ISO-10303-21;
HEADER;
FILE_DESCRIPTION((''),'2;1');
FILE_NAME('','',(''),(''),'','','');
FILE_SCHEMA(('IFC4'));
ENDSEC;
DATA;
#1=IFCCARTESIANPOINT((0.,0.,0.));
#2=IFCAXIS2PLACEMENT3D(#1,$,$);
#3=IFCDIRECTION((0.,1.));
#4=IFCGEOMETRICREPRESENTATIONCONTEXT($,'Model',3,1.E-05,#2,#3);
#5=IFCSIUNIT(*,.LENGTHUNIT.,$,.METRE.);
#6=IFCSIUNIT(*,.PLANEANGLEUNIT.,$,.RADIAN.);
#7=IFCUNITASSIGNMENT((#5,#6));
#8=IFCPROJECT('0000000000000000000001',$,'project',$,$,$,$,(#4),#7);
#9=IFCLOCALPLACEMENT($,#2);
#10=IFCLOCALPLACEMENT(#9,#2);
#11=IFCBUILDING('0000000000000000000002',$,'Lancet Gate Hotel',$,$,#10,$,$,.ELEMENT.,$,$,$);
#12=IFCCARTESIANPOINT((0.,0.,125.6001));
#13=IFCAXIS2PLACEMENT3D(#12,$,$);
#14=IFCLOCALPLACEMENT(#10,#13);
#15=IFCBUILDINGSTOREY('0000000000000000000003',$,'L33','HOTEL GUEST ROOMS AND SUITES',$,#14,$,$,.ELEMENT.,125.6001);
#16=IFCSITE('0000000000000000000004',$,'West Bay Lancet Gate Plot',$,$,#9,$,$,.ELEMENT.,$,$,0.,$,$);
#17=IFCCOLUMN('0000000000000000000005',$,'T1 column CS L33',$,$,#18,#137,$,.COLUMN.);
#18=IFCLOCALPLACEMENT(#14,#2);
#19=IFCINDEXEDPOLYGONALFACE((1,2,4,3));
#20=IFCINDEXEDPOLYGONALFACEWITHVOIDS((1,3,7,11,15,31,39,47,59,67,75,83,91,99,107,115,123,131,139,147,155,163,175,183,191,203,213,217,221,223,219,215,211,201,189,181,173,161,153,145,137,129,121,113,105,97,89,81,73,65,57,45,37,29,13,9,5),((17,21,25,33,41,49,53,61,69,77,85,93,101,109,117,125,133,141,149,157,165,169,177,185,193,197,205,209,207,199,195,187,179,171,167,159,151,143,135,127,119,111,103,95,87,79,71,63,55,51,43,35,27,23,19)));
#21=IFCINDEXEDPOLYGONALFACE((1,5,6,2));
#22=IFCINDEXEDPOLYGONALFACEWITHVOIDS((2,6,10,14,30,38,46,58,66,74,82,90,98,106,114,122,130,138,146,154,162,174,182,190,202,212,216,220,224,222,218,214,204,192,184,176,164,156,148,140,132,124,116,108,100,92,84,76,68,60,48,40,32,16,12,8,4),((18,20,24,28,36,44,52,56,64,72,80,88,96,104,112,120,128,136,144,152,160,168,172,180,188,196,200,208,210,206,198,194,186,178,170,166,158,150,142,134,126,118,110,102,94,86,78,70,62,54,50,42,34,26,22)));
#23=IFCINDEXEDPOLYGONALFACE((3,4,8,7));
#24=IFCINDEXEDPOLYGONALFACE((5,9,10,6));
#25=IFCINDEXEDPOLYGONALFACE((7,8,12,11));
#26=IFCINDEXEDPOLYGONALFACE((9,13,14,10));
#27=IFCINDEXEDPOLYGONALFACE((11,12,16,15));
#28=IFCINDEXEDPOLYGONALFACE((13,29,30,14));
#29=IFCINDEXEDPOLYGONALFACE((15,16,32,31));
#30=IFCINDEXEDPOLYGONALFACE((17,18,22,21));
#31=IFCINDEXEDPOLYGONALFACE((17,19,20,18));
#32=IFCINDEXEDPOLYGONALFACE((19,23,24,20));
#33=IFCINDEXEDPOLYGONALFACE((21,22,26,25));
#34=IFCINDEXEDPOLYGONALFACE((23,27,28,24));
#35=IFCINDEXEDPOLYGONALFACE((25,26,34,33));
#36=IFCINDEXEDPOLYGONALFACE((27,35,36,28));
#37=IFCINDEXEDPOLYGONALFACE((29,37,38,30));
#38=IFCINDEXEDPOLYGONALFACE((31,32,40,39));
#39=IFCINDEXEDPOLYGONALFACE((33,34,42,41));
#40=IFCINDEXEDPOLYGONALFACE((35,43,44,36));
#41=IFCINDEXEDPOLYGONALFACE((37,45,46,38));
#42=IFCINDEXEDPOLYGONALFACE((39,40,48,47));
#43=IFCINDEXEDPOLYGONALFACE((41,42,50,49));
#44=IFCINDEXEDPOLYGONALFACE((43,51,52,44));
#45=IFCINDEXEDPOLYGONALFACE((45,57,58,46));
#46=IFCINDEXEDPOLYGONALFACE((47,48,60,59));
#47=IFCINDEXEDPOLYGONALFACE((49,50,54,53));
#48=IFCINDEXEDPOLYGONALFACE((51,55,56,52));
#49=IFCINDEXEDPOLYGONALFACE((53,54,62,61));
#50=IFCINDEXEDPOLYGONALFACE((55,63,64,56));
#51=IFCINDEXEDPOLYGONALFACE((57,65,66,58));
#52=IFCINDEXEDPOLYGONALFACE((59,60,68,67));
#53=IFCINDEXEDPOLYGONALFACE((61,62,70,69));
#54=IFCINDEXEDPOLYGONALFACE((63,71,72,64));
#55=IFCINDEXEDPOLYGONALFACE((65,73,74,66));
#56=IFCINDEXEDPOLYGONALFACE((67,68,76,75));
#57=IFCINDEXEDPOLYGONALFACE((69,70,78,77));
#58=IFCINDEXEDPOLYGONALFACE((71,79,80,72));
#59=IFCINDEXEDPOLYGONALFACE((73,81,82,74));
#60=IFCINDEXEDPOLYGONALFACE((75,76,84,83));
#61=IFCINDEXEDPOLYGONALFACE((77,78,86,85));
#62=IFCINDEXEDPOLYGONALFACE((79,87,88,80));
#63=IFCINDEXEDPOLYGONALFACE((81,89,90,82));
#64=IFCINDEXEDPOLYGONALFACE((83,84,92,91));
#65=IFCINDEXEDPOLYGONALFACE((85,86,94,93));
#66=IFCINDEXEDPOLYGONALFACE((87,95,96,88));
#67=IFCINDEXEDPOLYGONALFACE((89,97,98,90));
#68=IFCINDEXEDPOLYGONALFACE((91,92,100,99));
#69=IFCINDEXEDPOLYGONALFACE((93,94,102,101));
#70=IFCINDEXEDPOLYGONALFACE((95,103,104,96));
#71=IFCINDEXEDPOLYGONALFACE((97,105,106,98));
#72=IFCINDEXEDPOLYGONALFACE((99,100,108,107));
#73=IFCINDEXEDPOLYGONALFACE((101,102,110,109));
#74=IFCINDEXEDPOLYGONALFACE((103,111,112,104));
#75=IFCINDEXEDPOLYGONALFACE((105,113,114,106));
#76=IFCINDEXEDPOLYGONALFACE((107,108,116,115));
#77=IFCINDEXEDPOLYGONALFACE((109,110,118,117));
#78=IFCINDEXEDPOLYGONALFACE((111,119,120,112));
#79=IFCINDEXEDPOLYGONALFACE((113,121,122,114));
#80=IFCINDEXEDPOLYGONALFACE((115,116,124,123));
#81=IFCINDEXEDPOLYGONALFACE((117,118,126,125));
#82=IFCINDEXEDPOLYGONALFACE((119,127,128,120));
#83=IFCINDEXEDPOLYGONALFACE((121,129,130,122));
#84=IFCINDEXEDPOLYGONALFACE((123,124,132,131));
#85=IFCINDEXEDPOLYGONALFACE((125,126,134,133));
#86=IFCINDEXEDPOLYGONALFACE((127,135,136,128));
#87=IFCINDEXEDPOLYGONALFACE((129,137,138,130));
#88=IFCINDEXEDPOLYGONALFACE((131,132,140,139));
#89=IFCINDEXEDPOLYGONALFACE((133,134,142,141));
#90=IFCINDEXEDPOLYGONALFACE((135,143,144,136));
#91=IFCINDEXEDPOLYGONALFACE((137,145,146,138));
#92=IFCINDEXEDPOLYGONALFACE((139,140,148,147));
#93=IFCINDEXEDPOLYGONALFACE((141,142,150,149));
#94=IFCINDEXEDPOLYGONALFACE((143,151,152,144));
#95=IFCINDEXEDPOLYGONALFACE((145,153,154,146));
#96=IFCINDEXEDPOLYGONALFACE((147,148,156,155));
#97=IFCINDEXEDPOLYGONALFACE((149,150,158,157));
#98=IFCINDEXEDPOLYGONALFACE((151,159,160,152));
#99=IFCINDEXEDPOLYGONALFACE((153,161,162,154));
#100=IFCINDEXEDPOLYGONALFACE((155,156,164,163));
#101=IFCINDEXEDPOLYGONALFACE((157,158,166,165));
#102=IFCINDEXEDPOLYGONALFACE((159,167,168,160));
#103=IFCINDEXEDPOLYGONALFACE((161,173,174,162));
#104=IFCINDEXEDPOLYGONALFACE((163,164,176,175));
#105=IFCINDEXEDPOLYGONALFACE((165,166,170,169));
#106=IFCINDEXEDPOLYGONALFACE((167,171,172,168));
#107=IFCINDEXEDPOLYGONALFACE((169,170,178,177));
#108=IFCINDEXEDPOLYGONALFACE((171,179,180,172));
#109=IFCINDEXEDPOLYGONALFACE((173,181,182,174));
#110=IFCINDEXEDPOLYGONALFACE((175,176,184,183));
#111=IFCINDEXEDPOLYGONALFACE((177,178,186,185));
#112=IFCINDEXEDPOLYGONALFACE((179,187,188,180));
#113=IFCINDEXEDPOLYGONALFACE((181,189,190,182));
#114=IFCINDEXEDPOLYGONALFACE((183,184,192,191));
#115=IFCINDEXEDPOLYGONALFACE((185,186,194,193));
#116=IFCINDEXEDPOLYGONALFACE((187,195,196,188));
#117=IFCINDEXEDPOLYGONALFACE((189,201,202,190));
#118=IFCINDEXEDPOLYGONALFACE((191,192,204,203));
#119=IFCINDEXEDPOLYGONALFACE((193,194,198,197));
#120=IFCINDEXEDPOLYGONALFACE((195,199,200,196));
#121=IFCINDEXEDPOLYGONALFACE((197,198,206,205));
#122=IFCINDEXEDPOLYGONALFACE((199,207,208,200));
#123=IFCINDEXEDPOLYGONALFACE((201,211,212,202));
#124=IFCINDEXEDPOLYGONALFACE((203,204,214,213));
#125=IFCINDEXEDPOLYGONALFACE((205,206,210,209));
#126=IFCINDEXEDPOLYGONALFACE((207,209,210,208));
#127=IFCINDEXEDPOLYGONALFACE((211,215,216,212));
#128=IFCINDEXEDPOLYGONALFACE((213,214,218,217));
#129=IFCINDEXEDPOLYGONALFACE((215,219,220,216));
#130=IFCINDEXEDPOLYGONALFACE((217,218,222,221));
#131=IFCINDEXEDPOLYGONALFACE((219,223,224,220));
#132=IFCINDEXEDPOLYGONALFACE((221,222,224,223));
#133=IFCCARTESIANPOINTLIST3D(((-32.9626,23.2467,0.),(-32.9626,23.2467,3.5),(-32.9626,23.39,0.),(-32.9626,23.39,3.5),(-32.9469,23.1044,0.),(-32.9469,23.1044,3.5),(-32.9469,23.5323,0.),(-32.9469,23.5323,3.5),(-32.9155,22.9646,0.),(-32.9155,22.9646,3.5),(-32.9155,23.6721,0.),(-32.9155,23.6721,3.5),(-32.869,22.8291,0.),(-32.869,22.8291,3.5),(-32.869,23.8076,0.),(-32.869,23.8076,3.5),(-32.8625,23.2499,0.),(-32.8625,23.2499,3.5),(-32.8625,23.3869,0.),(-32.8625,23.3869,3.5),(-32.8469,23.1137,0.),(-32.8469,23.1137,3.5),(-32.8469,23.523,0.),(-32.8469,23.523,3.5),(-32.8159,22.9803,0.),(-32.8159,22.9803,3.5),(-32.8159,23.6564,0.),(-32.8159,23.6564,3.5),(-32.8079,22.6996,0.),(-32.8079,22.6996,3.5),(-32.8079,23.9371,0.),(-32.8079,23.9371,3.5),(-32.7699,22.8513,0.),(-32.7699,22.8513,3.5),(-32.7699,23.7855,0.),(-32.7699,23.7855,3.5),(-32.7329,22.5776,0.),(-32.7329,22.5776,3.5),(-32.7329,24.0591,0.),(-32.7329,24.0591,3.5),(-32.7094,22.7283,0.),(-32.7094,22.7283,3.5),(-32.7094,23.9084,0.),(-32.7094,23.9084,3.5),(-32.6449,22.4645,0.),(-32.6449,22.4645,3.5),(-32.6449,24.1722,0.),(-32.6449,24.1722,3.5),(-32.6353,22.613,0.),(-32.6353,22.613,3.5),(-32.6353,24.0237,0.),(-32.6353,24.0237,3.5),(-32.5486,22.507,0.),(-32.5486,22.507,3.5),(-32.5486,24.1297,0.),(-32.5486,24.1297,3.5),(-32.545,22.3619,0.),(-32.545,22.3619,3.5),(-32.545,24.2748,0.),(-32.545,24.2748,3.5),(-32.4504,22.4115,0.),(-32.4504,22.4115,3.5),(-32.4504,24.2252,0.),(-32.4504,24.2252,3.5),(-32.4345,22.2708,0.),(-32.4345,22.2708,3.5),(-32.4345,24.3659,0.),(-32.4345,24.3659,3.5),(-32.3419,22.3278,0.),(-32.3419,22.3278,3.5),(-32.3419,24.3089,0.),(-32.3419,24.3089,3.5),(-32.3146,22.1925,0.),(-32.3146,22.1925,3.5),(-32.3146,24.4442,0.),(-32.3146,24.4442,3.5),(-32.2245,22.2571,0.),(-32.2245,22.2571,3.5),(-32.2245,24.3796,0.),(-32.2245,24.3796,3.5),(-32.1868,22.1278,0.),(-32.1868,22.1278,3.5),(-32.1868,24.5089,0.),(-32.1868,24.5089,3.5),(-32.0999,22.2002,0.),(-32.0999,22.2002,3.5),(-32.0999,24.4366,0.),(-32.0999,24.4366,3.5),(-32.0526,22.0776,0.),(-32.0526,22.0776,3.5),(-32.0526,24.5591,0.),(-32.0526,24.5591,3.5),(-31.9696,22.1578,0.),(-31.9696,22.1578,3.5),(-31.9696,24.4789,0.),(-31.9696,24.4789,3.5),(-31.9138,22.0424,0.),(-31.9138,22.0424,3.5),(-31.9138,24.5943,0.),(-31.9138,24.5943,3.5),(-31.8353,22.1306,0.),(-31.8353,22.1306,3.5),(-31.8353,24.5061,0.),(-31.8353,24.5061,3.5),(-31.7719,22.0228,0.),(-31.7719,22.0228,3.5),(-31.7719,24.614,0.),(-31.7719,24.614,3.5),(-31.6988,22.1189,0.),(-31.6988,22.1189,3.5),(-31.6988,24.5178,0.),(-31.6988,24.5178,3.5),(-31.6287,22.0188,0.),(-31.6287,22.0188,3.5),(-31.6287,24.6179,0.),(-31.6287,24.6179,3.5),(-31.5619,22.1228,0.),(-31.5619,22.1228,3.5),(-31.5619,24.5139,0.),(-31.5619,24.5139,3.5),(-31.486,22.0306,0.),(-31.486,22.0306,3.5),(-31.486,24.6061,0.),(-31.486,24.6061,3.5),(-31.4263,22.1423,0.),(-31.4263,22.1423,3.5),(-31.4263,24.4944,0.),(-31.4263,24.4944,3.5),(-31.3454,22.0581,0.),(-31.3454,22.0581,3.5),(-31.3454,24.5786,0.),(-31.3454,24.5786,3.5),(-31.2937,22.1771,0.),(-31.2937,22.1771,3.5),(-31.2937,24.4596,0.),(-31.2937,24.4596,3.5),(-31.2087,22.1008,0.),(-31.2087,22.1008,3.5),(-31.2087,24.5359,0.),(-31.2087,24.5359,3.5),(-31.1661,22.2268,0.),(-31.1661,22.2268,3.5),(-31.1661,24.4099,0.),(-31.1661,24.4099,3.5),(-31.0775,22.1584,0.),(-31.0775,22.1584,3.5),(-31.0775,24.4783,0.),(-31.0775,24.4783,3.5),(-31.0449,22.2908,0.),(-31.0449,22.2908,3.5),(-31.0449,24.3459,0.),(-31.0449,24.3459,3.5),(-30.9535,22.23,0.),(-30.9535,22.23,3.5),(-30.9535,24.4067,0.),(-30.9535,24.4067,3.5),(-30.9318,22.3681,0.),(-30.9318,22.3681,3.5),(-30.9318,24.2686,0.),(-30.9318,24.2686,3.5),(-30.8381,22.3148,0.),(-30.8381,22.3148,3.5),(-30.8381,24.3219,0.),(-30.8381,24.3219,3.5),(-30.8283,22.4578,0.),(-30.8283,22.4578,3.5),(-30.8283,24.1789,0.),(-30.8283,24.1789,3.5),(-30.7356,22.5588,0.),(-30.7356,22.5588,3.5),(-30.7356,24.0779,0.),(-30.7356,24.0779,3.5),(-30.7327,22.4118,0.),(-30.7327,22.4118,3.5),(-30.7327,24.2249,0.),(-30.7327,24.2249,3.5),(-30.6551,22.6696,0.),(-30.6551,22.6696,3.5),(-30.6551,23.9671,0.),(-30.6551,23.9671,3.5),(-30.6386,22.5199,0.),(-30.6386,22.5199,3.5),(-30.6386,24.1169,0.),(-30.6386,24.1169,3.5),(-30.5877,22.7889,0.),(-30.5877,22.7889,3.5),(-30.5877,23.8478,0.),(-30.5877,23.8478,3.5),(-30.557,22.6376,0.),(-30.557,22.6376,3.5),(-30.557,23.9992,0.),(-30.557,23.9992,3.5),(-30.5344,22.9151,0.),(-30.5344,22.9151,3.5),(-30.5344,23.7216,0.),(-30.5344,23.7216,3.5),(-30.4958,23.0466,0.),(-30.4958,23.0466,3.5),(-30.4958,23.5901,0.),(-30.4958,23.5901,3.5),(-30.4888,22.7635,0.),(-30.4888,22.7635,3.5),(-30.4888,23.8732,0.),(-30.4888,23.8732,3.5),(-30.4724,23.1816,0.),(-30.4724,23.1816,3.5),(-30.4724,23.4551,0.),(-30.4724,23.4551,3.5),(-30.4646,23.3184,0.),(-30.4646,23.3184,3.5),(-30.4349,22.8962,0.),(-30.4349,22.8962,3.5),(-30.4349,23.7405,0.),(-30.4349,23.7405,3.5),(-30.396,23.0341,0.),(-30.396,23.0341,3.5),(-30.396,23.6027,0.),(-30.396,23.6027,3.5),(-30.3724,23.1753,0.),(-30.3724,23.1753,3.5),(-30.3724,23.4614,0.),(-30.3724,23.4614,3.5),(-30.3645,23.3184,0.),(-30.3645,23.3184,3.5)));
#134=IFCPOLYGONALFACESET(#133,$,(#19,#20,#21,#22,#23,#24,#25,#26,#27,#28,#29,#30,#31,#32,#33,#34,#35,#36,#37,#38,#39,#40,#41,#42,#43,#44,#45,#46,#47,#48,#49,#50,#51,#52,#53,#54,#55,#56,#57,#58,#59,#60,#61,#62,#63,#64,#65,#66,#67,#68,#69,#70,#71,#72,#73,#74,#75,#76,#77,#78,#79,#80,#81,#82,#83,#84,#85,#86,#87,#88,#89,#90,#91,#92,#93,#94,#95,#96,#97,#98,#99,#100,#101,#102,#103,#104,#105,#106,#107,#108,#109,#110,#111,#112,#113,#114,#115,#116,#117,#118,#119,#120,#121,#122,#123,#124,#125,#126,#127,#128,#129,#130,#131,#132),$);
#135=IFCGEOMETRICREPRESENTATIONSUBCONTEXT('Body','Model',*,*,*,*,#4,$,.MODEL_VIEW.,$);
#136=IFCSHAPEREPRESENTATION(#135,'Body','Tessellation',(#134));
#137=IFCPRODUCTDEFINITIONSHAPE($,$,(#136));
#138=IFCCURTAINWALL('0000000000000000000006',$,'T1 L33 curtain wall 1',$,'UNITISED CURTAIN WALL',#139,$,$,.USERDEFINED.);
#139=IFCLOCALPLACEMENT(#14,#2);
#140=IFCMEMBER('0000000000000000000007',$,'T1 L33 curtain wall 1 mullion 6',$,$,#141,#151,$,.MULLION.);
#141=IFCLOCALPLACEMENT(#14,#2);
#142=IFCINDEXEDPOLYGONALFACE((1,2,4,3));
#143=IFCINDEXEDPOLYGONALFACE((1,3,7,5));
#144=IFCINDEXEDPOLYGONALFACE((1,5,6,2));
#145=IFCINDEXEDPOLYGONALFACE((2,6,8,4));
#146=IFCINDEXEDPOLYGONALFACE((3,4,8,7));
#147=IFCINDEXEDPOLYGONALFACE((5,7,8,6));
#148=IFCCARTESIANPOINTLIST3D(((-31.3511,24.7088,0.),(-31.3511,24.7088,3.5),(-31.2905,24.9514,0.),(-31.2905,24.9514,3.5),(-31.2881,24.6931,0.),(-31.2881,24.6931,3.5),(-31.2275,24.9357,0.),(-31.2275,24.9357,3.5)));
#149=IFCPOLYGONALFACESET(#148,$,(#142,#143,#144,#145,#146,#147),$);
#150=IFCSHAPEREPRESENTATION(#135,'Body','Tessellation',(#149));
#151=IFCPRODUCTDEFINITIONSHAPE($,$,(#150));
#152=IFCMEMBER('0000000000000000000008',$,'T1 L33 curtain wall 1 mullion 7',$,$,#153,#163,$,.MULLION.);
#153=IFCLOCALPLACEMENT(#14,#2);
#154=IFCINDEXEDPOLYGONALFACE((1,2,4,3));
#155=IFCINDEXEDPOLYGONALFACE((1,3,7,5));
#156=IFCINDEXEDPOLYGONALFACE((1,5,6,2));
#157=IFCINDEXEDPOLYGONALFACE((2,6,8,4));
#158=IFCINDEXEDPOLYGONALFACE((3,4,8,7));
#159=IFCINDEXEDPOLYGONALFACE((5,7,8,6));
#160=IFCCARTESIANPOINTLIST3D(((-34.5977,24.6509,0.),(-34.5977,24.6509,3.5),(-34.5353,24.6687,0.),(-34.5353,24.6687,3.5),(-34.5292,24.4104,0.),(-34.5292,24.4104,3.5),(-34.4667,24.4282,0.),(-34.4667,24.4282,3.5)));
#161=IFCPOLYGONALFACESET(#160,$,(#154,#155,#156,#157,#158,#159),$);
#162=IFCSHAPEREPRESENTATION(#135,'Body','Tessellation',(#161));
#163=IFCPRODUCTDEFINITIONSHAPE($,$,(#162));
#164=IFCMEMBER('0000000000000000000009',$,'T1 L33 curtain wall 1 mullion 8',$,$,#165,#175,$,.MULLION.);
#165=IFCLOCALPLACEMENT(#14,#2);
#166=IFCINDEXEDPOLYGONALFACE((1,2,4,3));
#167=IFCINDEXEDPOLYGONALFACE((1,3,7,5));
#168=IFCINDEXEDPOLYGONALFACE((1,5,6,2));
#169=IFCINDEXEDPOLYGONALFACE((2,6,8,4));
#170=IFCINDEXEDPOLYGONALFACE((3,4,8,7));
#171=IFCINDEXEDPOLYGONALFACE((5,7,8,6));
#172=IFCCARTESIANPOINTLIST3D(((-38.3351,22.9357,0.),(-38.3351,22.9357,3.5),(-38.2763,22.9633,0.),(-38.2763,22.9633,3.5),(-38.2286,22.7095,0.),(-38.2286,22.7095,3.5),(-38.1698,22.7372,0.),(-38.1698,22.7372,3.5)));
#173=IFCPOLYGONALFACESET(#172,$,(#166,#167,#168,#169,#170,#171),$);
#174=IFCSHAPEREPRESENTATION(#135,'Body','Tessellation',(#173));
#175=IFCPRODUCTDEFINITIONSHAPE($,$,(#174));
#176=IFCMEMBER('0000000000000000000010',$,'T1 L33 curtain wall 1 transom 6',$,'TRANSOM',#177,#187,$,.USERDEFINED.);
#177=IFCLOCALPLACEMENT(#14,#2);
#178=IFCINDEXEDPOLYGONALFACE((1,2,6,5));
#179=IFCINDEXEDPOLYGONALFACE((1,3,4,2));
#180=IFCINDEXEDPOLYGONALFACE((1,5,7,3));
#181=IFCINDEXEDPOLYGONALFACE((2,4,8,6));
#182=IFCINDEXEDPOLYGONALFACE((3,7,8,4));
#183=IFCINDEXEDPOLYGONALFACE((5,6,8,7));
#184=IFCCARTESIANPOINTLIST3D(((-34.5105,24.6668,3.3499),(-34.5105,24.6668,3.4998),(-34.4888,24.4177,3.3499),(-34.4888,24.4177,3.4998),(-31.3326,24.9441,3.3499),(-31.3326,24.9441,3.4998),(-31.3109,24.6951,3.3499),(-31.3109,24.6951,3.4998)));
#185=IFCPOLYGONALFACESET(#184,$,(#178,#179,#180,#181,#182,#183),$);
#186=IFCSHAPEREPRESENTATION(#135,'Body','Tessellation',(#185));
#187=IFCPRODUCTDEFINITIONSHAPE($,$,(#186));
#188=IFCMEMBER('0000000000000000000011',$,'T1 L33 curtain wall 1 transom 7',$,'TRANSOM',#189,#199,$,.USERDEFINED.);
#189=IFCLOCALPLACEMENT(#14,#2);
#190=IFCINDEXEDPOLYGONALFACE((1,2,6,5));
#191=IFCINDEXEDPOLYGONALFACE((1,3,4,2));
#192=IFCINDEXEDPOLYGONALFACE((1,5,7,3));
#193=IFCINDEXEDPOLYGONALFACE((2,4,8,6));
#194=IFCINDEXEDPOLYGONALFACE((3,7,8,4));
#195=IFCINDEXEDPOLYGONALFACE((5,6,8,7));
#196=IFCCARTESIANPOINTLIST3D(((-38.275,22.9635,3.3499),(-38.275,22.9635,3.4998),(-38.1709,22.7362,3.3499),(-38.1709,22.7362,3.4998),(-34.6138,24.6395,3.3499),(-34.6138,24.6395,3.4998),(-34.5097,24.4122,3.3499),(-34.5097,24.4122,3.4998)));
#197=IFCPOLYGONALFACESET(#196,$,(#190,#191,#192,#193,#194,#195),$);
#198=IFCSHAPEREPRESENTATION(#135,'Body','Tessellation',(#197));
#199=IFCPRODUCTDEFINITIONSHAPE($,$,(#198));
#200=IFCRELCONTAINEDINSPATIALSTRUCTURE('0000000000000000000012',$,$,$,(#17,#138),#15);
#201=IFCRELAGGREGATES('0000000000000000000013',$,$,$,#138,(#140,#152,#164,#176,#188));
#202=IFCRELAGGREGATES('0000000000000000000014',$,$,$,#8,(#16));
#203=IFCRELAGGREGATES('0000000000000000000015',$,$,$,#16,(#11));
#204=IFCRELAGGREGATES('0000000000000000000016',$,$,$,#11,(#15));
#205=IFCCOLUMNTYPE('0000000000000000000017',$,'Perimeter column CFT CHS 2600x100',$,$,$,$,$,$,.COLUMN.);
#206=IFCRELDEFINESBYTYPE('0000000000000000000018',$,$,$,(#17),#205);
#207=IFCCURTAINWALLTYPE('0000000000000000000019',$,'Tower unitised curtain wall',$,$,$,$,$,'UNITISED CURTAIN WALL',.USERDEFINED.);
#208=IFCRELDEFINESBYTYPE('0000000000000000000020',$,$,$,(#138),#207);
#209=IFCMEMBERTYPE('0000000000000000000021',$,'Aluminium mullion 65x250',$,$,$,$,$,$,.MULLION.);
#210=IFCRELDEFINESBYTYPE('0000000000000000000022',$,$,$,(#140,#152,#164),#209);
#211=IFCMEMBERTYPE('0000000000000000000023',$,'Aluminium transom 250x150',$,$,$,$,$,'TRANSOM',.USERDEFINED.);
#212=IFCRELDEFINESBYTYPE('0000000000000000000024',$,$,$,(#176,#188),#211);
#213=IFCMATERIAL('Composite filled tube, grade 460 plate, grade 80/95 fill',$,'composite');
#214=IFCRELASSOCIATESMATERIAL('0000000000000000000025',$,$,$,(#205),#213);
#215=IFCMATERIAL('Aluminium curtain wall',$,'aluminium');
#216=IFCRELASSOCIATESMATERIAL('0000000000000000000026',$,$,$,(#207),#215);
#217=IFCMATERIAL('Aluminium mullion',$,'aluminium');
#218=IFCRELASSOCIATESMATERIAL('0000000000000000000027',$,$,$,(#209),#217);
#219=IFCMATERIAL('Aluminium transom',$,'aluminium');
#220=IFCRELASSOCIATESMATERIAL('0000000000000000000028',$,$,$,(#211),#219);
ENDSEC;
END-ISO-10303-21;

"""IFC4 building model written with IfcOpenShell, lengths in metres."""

from ifc_helpers import new_model, si_unit, direction, frame, origin, origin_2d, place, context, subcontext, project, spatial, rectangle, hollow_circle, extrude, material, material_profile, profile_set, type_object, element, aggregate, save


model = new_model("IFC4")

# Units and contexts
model_context = context("Model", 3, precision=1e-05, world=origin(), true_north=direction((0.0, 1.0)))
body_context = subcontext(model_context, "Body", "Model", "MODEL_VIEW")
ifc_project = project(units=[si_unit("LENGTHUNIT", "METRE"), si_unit("PLANEANGLEUNIT", "RADIAN")], contexts=[model_context])

# Site, building, storey
site_placement = place(None, origin())
site = spatial("IfcSite", under=ifc_project, at=site_placement, Name="West Bay Lancet Gate Plot", CompositionType="ELEMENT", RefElevation=0.0)
building_placement = place(site_placement, origin())
building = spatial("IfcBuilding", under=site, at=building_placement, Name="Lancet Gate Hotel", CompositionType="ELEMENT")
storey_placement = place(building_placement, frame((0.0, 0.0, 125.6001)))
storey = spatial("IfcBuildingStorey", under=building, at=storey_placement, Name="L33", Description="HOTEL GUEST ROOMS AND SUITES", CompositionType="ELEMENT", Elevation=125.6001)

# Column
ifc_material_1 = material(Name="Composite filled tube, grade 460 plate, grade 80/95 fill", Category="composite")
ifc_material_profile_1 = material_profile(ifc_material_1, hollow_circle(Radius=1.3, WallThickness=0.1001, at=origin_2d()), Name="CHS 2600x100")
ifc_profile_set_1 = profile_set([ifc_material_profile_1], Name="Composite filled tube, grade 460 plate, grade 80/95 fill")
column_type = type_object("IfcColumnType", Name="Perimeter column CFT CHS 2600x100", PredefinedType="COLUMN", material=ifc_profile_set_1)
column_placement = place(storey_placement, frame((-31.6646, 23.3184, 0.0), z_axis=(0.0, 0.0, 1.0), x_axis=(1.0, 0.0, 0.0)))
element("IfcColumn", 1, at=column_placement, inside=storey, type_object=column_type, Name="T1 column CS L33", PredefinedType="COLUMN", context=body_context, shape_type="SweptSolid", body=[
    extrude(hollow_circle(Radius=1.3, WallThickness=0.1001, at=origin_2d()), origin(), (0.0, 0.0, 1.0), 3.5),
])

# Curtain wall, members
ifc_material_2 = material(Name="Aluminium curtain wall", Category="aluminium")
curtain_wall_type = type_object("IfcCurtainWallType", Name="Tower unitised curtain wall", ElementType="UNITISED CURTAIN WALL", PredefinedType="USERDEFINED", material=ifc_material_2)
curtain_wall_placement = place(storey_placement, origin())
curtain_wall = element("IfcCurtainWall", 2, at=curtain_wall_placement, inside=storey, type_object=curtain_wall_type, Name="T1 L33 curtain wall 1", ObjectType="UNITISED CURTAIN WALL", PredefinedType="USERDEFINED")
ifc_material_3 = material(Name="Aluminium mullion", Category="aluminium")
ifc_material_profile_2 = material_profile(ifc_material_3, rectangle(XDim=0.0649, YDim=0.25, at=origin_2d()), Name="MULLION 65x250")
ifc_profile_set_2 = profile_set([ifc_material_profile_2], Name="Aluminium mullion")
member_type_1 = type_object("IfcMemberType", Name="Aluminium mullion 65x250", PredefinedType="MULLION", material=ifc_profile_set_2)
member_1_placement = place(storey_placement, frame((-31.2893, 24.8223, 0.0), z_axis=(0.0, 0.0, 1.0), x_axis=(-0.970242, 0.242137, 0.0)))
member_1 = element("IfcMember", 3, at=member_1_placement, type_object=member_type_1, Name="T1 L33 curtain wall 1 mullion 6", PredefinedType="MULLION", context=body_context, shape_type="SweptSolid", body=[
    extrude(rectangle(XDim=0.0649, YDim=0.25, at=origin_2d()), origin(), (0.0, 0.0, 1.0), 3.5),
])
member_2_placement = place(storey_placement, frame((-34.5322, 24.5396, 0.0), z_axis=(0.0, 0.0, 1.0), x_axis=(-0.961653, -0.274268, 0.0)))
member_2 = element("IfcMember", 4, at=member_2_placement, type_object=member_type_1, Name="T1 L33 curtain wall 1 mullion 7", PredefinedType="MULLION", context=body_context, shape_type="SweptSolid", body=[
    extrude(rectangle(XDim=0.0649, YDim=0.25, at=origin_2d()), origin(), (0.0, 0.0, 1.0), 3.5),
])
member_3_placement = place(storey_placement, frame((-38.2524, 22.8364, 0.0), z_axis=(0.0, 0.0, 1.0), x_axis=(-0.90472, -0.426008, 0.0)))
member_3 = element("IfcMember", 5, at=member_3_placement, type_object=member_type_1, Name="T1 L33 curtain wall 1 mullion 8", PredefinedType="MULLION", context=body_context, shape_type="SweptSolid", body=[
    extrude(rectangle(XDim=0.0649, YDim=0.25, at=origin_2d()), origin(), (0.0, 0.0, 1.0), 3.5),
])
ifc_material_4 = material(Name="Aluminium transom", Category="aluminium")
ifc_material_profile_3 = material_profile(ifc_material_4, rectangle(XDim=0.25, YDim=0.1499, at=origin_2d()), Name="TRANSOM 250x150")
ifc_profile_set_3 = profile_set([ifc_material_profile_3], Name="Aluminium transom")
member_type_2 = type_object("IfcMemberType", Name="Aluminium transom 250x150", ElementType="TRANSOM", PredefinedType="USERDEFINED", material=ifc_profile_set_3)
member_4_placement = place(storey_placement, frame((-31.3218, 24.8196, 3.4248), z_axis=(-0.996214, -0.08694, 0.0), x_axis=(0.08694, -0.996214, 0.0)))
member_4 = element("IfcMember", 6, at=member_4_placement, type_object=member_type_2, Name="T1 L33 curtain wall 1 transom 6", ObjectType="TRANSOM", PredefinedType="USERDEFINED", context=body_context, shape_type="SweptSolid", body=[
    extrude(rectangle(XDim=0.25, YDim=0.1499, at=origin_2d()), origin(), (0.0, 0.0, 1.0), 3.1899),
])
member_5_placement = place(storey_placement, frame((-34.5618, 24.5259, 3.4248), z_axis=(-0.909252, -0.416245, 0.0), x_axis=(0.416245, -0.909252, 0.0)))
member_5 = element("IfcMember", 7, at=member_5_placement, type_object=member_type_2, Name="T1 L33 curtain wall 1 transom 7", ObjectType="TRANSOM", PredefinedType="USERDEFINED", context=body_context, shape_type="SweptSolid", body=[
    extrude(rectangle(XDim=0.25, YDim=0.1499, at=origin_2d()), origin(), (0.0, 0.0, 1.0), 4.0266),
])

aggregate(curtain_wall, [member_1, member_2, member_3, member_4, member_5])

save(model, "model.ifc")
